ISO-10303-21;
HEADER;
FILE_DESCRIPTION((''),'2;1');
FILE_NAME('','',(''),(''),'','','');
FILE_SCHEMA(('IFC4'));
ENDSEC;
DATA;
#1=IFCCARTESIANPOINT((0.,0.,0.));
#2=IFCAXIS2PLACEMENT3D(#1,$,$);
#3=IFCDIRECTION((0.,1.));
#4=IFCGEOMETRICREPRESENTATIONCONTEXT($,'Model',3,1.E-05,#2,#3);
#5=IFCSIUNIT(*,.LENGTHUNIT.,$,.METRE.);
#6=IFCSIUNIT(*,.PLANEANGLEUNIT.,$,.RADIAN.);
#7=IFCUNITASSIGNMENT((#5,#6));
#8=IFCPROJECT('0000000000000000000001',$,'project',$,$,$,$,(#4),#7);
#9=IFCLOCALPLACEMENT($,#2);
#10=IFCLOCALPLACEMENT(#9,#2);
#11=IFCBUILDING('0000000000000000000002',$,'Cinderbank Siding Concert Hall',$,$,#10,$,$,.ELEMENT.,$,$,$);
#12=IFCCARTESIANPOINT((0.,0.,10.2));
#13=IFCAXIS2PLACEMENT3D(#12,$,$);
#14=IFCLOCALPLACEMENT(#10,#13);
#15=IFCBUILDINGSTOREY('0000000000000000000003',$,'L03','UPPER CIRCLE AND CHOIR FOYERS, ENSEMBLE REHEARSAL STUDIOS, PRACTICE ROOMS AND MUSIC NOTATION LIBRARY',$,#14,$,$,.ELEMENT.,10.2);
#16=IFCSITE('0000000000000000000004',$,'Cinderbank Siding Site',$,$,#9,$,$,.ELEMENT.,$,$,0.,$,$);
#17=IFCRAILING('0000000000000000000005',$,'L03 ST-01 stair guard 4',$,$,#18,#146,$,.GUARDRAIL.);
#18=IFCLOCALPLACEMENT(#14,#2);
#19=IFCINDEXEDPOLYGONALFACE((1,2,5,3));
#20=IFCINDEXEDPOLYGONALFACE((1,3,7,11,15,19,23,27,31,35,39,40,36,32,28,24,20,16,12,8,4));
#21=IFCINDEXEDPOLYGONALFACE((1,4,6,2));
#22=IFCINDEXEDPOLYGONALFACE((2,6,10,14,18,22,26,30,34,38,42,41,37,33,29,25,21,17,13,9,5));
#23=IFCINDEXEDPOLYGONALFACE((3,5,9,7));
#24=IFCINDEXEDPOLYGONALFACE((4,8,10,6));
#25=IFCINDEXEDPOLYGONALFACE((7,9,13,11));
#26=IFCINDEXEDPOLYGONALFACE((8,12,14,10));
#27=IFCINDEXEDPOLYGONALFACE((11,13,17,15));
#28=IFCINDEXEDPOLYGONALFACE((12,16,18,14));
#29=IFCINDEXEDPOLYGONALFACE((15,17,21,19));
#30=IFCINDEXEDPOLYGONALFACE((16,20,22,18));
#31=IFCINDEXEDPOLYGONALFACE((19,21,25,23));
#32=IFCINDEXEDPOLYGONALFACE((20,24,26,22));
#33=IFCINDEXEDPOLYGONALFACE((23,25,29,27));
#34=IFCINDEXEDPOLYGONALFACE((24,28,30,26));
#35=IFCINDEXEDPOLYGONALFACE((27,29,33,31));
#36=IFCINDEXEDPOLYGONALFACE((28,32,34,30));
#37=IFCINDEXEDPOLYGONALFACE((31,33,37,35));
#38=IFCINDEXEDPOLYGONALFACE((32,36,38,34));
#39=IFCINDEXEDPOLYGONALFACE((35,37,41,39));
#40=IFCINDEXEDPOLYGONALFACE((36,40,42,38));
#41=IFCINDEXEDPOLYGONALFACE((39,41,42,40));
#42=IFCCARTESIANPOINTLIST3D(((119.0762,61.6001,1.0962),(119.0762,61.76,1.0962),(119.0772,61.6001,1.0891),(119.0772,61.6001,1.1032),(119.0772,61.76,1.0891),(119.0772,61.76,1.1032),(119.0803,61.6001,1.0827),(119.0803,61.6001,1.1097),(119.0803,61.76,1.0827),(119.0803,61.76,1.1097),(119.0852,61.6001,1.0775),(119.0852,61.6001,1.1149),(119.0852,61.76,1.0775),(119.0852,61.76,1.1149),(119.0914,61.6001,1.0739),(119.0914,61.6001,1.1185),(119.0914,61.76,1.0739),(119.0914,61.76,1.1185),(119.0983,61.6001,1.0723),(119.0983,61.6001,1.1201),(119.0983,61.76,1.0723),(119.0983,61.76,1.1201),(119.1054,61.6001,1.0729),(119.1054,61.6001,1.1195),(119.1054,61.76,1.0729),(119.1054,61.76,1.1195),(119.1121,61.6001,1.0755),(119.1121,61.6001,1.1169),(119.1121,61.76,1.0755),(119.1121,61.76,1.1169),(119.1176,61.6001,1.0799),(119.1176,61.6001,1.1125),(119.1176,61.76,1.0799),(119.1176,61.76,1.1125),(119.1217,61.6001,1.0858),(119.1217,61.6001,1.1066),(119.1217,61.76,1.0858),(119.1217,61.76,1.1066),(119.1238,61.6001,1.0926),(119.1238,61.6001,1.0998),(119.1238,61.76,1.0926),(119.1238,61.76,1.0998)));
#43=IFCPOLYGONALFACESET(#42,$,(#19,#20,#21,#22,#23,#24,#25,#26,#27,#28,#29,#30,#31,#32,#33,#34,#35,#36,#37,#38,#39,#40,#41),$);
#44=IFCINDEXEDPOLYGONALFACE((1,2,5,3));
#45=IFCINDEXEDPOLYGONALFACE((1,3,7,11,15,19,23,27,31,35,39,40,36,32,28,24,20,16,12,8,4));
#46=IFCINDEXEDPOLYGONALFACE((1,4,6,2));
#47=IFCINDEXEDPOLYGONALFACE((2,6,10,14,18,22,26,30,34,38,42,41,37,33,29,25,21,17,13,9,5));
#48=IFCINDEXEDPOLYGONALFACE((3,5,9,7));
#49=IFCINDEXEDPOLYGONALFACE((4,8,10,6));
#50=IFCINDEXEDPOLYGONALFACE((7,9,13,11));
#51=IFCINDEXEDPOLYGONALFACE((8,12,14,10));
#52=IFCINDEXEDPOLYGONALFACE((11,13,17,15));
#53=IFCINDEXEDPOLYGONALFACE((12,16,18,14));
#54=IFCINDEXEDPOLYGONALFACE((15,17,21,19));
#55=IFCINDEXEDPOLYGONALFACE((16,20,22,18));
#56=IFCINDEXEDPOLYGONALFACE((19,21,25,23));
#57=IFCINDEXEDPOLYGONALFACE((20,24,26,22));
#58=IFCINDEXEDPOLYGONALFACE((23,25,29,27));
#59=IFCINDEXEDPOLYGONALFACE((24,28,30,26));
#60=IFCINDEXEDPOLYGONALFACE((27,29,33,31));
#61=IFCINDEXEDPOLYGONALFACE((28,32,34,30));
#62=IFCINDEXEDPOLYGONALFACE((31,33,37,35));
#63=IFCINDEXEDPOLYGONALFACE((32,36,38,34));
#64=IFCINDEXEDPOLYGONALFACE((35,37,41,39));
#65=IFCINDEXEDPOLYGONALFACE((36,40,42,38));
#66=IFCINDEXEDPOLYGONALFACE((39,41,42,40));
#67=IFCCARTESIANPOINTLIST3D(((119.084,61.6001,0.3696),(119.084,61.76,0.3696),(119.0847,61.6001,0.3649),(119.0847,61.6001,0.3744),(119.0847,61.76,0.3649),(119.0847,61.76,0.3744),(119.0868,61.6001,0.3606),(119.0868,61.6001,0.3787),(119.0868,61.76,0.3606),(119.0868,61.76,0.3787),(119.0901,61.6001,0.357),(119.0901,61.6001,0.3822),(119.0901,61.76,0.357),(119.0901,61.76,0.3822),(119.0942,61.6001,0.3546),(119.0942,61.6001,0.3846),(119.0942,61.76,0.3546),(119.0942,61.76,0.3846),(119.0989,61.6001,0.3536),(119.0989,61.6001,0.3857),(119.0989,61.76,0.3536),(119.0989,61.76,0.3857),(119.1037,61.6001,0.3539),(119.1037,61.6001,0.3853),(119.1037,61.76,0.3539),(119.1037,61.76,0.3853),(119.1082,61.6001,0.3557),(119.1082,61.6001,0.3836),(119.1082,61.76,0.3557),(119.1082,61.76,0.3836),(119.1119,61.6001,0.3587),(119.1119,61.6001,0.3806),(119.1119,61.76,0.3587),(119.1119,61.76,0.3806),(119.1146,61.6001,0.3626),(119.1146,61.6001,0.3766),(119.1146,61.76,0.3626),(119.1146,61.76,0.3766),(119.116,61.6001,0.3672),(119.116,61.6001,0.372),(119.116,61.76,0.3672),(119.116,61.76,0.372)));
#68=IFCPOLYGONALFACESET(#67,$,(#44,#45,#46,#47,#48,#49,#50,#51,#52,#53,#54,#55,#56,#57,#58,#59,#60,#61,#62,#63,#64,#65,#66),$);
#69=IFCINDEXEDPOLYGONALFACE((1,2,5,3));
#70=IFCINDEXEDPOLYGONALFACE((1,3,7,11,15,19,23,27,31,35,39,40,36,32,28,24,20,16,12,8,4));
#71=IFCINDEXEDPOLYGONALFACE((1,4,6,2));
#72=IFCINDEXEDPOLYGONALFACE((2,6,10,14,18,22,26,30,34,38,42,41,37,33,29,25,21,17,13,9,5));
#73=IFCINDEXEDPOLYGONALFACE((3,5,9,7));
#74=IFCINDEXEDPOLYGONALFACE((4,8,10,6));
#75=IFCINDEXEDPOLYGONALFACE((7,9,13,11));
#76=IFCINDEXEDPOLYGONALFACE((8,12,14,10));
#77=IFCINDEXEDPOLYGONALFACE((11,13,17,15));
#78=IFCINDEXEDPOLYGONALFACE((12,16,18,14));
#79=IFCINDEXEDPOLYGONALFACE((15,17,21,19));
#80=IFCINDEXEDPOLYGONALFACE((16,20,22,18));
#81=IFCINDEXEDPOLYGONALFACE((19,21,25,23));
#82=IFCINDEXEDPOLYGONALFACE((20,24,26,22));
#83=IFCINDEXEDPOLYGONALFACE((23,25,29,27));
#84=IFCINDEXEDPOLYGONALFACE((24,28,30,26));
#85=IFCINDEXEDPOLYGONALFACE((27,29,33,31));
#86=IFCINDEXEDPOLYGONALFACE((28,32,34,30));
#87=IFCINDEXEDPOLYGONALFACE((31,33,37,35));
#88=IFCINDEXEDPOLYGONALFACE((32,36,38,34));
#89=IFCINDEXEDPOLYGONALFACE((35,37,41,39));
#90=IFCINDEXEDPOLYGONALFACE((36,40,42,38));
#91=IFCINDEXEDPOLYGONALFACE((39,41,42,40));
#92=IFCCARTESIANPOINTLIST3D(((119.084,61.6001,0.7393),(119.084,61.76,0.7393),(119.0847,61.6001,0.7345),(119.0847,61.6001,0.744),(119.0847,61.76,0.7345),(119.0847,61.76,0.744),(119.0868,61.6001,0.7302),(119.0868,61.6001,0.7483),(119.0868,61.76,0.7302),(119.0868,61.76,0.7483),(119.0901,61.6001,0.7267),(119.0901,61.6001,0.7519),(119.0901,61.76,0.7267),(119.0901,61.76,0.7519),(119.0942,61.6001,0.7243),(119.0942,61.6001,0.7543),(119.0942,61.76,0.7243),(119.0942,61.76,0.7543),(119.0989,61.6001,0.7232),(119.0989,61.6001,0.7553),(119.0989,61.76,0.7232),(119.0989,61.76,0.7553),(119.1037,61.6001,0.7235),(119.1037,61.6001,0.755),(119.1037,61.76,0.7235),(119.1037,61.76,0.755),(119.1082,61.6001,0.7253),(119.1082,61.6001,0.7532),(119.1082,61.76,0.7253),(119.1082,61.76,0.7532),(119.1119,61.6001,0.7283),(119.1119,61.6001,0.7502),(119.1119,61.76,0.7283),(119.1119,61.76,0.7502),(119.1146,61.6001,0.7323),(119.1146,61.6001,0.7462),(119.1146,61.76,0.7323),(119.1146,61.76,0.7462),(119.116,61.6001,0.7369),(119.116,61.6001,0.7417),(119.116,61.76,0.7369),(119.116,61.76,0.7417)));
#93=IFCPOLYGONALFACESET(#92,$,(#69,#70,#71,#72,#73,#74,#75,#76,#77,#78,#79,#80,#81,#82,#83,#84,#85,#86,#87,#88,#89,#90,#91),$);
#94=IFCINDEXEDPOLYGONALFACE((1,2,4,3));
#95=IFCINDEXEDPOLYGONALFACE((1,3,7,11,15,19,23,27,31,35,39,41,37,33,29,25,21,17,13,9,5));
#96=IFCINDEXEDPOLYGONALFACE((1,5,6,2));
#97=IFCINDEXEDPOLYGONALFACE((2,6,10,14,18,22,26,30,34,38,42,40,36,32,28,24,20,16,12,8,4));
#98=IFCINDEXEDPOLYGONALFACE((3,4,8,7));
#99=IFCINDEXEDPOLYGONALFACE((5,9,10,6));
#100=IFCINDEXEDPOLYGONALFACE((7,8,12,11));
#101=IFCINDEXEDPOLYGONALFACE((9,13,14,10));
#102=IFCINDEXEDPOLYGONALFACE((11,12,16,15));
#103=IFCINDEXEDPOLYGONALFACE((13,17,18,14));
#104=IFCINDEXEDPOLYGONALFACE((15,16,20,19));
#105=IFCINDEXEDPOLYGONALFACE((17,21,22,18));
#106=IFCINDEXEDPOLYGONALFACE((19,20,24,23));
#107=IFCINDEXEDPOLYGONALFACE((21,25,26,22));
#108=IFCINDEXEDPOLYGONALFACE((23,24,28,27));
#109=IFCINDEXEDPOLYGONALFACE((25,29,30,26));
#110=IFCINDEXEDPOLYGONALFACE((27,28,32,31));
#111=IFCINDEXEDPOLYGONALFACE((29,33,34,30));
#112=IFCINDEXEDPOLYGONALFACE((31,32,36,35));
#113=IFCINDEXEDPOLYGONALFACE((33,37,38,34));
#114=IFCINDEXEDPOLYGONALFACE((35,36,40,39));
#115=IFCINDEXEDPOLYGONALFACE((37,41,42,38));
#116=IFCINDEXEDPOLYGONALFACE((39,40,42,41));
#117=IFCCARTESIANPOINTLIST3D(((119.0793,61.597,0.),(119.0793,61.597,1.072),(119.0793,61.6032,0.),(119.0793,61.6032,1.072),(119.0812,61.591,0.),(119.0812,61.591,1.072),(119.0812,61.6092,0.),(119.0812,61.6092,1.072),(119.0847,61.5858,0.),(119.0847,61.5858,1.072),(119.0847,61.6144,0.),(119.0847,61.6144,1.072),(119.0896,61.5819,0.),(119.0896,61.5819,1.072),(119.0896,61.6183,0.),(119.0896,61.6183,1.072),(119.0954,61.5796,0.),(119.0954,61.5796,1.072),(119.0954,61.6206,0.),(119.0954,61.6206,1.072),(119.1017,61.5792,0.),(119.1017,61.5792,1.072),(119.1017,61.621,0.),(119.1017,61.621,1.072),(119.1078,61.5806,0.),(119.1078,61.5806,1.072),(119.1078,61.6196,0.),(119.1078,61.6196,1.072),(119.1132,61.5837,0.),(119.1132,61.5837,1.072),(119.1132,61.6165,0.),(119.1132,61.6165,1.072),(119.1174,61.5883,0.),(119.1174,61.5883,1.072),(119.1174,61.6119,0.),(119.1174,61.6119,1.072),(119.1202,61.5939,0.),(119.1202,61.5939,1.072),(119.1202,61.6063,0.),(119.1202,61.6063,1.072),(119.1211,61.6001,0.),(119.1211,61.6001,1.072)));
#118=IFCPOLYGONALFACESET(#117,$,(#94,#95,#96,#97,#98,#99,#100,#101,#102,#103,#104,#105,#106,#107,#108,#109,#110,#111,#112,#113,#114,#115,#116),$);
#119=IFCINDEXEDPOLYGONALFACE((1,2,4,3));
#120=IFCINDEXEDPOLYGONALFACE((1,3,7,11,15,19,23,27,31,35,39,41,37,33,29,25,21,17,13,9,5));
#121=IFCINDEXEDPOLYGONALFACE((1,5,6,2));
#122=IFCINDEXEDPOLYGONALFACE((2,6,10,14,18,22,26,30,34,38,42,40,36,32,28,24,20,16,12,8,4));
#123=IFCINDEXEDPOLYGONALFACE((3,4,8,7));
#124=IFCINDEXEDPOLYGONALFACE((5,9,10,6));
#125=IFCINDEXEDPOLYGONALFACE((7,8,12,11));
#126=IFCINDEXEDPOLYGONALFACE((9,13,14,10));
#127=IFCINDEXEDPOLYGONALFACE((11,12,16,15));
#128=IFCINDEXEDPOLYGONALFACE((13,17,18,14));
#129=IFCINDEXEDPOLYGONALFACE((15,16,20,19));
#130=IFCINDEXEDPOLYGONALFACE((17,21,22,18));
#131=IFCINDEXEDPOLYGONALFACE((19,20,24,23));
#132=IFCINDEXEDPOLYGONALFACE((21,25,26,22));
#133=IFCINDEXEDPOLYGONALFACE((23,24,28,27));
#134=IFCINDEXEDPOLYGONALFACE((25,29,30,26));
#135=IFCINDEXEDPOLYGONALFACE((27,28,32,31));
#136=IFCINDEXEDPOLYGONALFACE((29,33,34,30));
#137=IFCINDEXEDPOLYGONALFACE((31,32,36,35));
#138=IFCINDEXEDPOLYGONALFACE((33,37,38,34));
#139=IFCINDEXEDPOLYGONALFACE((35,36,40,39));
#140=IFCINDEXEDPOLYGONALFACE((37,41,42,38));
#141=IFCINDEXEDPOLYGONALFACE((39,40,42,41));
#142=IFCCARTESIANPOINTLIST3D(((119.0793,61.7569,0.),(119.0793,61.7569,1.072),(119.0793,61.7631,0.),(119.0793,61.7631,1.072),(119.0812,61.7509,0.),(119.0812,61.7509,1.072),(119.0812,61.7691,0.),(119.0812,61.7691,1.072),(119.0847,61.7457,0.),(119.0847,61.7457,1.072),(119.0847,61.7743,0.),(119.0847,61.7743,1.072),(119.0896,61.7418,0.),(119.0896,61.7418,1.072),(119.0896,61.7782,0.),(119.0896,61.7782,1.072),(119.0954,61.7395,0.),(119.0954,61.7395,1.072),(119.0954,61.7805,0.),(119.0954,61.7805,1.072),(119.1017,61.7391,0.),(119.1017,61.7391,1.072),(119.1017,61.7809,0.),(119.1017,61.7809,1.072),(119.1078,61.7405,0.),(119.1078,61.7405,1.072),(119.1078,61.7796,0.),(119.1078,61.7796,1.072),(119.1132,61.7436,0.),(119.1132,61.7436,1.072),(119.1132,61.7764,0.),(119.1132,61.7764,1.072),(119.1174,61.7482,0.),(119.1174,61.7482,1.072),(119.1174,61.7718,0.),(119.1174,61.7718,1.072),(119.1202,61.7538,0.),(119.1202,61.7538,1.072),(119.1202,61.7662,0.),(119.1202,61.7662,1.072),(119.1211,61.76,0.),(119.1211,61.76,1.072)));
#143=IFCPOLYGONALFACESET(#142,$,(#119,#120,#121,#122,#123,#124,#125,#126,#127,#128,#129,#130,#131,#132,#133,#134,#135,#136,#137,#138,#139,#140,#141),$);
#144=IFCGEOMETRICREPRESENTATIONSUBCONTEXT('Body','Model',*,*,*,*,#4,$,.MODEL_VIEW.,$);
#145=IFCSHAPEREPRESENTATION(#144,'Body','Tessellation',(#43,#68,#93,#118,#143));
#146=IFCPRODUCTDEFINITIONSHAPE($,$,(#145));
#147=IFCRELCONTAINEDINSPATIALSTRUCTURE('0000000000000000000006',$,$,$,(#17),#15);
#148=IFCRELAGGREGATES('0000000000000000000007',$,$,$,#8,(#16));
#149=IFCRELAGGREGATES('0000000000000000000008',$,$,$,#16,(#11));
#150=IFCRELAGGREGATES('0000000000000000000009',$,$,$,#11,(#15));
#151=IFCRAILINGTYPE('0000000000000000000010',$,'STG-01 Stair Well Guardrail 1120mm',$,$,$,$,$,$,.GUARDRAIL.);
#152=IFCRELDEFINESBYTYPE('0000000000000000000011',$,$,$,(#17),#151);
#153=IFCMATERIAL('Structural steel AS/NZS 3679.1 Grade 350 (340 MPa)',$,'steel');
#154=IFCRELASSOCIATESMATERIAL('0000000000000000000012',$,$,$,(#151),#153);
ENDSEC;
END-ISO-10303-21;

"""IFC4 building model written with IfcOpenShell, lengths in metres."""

from ifc_helpers import new_model, si_unit, direction, frame, origin, origin_2d, place, context, subcontext, project, spatial, circle, extrude, material, type_object, element, save


model = new_model("IFC4")

# Units and contexts
model_context = context("Model", 3, precision=1e-05, world=origin(), true_north=direction((0.0, 1.0)))
body_context = subcontext(model_context, "Body", "Model", "MODEL_VIEW")
ifc_project = project(units=[si_unit("LENGTHUNIT", "METRE"), si_unit("PLANEANGLEUNIT", "RADIAN")], contexts=[model_context])

# Site, building, storey
site_placement = place(None, origin())
site = spatial("IfcSite", under=ifc_project, at=site_placement, Name="Cinderbank Siding Site", CompositionType="ELEMENT", RefElevation=0.0)
building_placement = place(site_placement, origin())
building = spatial("IfcBuilding", under=site, at=building_placement, Name="Cinderbank Siding Concert Hall", CompositionType="ELEMENT")
storey_placement = place(building_placement, frame((0.0, 0.0, 10.2)))
storey = spatial("IfcBuildingStorey", under=building, at=storey_placement, Name="L03", Description="UPPER CIRCLE AND CHOIR FOYERS, ENSEMBLE REHEARSAL STUDIOS, PRACTICE ROOMS AND MUSIC NOTATION LIBRARY", CompositionType="ELEMENT", Elevation=10.2)

# Shared definitions
ifc_material_1 = material(Name="Structural steel AS/NZS 3679.1 Grade 350 (340 MPa)", Category="steel")

# Railing
railing_type_1 = type_object("IfcRailingType", Name="STG-01 Stair Well Guardrail 1120mm", PredefinedType="GUARDRAIL", material=ifc_material_1)
railing_1_placement = place(storey_placement, frame((119.1001, 61.6001, 0.0)))
element("IfcRailing", 1, at=railing_1_placement, inside=storey, type_object=railing_type_1, Name="L03 ST-01 stair guard 4", PredefinedType="GUARDRAIL", context=body_context, shape_type="SweptSolid", body=[
    extrude(circle(Radius=0.0239, at=origin_2d()), frame((0.0, 0.0, 1.0962), z_axis=(0.0, 1.0, 0.0), x_axis=(-1.0, 0.0, 0.0)), (0.0, 0.0, 1.0), 0.1599),
    extrude(circle(Radius=0.0161, at=origin_2d()), frame((0.0, 0.0, 0.3696), z_axis=(0.0, 1.0, 0.0), x_axis=(-1.0, 0.0, 0.0)), (0.0, 0.0, 1.0), 0.1599),
    extrude(circle(Radius=0.0161, at=origin_2d()), frame((0.0, 0.0, 0.7393), z_axis=(0.0, 1.0, 0.0), x_axis=(-1.0, 0.0, 0.0)), (0.0, 0.0, 1.0), 0.1599),
    extrude(circle(Radius=0.021, at=origin_2d()), origin(), (0.0, 0.0, 1.0), 1.072),
    extrude(circle(Radius=0.021, at=origin_2d()), frame((0.0, 0.1599, 0.0)), (0.0, 0.0, 1.0), 1.072),
])

save(model, "model.ifc")
